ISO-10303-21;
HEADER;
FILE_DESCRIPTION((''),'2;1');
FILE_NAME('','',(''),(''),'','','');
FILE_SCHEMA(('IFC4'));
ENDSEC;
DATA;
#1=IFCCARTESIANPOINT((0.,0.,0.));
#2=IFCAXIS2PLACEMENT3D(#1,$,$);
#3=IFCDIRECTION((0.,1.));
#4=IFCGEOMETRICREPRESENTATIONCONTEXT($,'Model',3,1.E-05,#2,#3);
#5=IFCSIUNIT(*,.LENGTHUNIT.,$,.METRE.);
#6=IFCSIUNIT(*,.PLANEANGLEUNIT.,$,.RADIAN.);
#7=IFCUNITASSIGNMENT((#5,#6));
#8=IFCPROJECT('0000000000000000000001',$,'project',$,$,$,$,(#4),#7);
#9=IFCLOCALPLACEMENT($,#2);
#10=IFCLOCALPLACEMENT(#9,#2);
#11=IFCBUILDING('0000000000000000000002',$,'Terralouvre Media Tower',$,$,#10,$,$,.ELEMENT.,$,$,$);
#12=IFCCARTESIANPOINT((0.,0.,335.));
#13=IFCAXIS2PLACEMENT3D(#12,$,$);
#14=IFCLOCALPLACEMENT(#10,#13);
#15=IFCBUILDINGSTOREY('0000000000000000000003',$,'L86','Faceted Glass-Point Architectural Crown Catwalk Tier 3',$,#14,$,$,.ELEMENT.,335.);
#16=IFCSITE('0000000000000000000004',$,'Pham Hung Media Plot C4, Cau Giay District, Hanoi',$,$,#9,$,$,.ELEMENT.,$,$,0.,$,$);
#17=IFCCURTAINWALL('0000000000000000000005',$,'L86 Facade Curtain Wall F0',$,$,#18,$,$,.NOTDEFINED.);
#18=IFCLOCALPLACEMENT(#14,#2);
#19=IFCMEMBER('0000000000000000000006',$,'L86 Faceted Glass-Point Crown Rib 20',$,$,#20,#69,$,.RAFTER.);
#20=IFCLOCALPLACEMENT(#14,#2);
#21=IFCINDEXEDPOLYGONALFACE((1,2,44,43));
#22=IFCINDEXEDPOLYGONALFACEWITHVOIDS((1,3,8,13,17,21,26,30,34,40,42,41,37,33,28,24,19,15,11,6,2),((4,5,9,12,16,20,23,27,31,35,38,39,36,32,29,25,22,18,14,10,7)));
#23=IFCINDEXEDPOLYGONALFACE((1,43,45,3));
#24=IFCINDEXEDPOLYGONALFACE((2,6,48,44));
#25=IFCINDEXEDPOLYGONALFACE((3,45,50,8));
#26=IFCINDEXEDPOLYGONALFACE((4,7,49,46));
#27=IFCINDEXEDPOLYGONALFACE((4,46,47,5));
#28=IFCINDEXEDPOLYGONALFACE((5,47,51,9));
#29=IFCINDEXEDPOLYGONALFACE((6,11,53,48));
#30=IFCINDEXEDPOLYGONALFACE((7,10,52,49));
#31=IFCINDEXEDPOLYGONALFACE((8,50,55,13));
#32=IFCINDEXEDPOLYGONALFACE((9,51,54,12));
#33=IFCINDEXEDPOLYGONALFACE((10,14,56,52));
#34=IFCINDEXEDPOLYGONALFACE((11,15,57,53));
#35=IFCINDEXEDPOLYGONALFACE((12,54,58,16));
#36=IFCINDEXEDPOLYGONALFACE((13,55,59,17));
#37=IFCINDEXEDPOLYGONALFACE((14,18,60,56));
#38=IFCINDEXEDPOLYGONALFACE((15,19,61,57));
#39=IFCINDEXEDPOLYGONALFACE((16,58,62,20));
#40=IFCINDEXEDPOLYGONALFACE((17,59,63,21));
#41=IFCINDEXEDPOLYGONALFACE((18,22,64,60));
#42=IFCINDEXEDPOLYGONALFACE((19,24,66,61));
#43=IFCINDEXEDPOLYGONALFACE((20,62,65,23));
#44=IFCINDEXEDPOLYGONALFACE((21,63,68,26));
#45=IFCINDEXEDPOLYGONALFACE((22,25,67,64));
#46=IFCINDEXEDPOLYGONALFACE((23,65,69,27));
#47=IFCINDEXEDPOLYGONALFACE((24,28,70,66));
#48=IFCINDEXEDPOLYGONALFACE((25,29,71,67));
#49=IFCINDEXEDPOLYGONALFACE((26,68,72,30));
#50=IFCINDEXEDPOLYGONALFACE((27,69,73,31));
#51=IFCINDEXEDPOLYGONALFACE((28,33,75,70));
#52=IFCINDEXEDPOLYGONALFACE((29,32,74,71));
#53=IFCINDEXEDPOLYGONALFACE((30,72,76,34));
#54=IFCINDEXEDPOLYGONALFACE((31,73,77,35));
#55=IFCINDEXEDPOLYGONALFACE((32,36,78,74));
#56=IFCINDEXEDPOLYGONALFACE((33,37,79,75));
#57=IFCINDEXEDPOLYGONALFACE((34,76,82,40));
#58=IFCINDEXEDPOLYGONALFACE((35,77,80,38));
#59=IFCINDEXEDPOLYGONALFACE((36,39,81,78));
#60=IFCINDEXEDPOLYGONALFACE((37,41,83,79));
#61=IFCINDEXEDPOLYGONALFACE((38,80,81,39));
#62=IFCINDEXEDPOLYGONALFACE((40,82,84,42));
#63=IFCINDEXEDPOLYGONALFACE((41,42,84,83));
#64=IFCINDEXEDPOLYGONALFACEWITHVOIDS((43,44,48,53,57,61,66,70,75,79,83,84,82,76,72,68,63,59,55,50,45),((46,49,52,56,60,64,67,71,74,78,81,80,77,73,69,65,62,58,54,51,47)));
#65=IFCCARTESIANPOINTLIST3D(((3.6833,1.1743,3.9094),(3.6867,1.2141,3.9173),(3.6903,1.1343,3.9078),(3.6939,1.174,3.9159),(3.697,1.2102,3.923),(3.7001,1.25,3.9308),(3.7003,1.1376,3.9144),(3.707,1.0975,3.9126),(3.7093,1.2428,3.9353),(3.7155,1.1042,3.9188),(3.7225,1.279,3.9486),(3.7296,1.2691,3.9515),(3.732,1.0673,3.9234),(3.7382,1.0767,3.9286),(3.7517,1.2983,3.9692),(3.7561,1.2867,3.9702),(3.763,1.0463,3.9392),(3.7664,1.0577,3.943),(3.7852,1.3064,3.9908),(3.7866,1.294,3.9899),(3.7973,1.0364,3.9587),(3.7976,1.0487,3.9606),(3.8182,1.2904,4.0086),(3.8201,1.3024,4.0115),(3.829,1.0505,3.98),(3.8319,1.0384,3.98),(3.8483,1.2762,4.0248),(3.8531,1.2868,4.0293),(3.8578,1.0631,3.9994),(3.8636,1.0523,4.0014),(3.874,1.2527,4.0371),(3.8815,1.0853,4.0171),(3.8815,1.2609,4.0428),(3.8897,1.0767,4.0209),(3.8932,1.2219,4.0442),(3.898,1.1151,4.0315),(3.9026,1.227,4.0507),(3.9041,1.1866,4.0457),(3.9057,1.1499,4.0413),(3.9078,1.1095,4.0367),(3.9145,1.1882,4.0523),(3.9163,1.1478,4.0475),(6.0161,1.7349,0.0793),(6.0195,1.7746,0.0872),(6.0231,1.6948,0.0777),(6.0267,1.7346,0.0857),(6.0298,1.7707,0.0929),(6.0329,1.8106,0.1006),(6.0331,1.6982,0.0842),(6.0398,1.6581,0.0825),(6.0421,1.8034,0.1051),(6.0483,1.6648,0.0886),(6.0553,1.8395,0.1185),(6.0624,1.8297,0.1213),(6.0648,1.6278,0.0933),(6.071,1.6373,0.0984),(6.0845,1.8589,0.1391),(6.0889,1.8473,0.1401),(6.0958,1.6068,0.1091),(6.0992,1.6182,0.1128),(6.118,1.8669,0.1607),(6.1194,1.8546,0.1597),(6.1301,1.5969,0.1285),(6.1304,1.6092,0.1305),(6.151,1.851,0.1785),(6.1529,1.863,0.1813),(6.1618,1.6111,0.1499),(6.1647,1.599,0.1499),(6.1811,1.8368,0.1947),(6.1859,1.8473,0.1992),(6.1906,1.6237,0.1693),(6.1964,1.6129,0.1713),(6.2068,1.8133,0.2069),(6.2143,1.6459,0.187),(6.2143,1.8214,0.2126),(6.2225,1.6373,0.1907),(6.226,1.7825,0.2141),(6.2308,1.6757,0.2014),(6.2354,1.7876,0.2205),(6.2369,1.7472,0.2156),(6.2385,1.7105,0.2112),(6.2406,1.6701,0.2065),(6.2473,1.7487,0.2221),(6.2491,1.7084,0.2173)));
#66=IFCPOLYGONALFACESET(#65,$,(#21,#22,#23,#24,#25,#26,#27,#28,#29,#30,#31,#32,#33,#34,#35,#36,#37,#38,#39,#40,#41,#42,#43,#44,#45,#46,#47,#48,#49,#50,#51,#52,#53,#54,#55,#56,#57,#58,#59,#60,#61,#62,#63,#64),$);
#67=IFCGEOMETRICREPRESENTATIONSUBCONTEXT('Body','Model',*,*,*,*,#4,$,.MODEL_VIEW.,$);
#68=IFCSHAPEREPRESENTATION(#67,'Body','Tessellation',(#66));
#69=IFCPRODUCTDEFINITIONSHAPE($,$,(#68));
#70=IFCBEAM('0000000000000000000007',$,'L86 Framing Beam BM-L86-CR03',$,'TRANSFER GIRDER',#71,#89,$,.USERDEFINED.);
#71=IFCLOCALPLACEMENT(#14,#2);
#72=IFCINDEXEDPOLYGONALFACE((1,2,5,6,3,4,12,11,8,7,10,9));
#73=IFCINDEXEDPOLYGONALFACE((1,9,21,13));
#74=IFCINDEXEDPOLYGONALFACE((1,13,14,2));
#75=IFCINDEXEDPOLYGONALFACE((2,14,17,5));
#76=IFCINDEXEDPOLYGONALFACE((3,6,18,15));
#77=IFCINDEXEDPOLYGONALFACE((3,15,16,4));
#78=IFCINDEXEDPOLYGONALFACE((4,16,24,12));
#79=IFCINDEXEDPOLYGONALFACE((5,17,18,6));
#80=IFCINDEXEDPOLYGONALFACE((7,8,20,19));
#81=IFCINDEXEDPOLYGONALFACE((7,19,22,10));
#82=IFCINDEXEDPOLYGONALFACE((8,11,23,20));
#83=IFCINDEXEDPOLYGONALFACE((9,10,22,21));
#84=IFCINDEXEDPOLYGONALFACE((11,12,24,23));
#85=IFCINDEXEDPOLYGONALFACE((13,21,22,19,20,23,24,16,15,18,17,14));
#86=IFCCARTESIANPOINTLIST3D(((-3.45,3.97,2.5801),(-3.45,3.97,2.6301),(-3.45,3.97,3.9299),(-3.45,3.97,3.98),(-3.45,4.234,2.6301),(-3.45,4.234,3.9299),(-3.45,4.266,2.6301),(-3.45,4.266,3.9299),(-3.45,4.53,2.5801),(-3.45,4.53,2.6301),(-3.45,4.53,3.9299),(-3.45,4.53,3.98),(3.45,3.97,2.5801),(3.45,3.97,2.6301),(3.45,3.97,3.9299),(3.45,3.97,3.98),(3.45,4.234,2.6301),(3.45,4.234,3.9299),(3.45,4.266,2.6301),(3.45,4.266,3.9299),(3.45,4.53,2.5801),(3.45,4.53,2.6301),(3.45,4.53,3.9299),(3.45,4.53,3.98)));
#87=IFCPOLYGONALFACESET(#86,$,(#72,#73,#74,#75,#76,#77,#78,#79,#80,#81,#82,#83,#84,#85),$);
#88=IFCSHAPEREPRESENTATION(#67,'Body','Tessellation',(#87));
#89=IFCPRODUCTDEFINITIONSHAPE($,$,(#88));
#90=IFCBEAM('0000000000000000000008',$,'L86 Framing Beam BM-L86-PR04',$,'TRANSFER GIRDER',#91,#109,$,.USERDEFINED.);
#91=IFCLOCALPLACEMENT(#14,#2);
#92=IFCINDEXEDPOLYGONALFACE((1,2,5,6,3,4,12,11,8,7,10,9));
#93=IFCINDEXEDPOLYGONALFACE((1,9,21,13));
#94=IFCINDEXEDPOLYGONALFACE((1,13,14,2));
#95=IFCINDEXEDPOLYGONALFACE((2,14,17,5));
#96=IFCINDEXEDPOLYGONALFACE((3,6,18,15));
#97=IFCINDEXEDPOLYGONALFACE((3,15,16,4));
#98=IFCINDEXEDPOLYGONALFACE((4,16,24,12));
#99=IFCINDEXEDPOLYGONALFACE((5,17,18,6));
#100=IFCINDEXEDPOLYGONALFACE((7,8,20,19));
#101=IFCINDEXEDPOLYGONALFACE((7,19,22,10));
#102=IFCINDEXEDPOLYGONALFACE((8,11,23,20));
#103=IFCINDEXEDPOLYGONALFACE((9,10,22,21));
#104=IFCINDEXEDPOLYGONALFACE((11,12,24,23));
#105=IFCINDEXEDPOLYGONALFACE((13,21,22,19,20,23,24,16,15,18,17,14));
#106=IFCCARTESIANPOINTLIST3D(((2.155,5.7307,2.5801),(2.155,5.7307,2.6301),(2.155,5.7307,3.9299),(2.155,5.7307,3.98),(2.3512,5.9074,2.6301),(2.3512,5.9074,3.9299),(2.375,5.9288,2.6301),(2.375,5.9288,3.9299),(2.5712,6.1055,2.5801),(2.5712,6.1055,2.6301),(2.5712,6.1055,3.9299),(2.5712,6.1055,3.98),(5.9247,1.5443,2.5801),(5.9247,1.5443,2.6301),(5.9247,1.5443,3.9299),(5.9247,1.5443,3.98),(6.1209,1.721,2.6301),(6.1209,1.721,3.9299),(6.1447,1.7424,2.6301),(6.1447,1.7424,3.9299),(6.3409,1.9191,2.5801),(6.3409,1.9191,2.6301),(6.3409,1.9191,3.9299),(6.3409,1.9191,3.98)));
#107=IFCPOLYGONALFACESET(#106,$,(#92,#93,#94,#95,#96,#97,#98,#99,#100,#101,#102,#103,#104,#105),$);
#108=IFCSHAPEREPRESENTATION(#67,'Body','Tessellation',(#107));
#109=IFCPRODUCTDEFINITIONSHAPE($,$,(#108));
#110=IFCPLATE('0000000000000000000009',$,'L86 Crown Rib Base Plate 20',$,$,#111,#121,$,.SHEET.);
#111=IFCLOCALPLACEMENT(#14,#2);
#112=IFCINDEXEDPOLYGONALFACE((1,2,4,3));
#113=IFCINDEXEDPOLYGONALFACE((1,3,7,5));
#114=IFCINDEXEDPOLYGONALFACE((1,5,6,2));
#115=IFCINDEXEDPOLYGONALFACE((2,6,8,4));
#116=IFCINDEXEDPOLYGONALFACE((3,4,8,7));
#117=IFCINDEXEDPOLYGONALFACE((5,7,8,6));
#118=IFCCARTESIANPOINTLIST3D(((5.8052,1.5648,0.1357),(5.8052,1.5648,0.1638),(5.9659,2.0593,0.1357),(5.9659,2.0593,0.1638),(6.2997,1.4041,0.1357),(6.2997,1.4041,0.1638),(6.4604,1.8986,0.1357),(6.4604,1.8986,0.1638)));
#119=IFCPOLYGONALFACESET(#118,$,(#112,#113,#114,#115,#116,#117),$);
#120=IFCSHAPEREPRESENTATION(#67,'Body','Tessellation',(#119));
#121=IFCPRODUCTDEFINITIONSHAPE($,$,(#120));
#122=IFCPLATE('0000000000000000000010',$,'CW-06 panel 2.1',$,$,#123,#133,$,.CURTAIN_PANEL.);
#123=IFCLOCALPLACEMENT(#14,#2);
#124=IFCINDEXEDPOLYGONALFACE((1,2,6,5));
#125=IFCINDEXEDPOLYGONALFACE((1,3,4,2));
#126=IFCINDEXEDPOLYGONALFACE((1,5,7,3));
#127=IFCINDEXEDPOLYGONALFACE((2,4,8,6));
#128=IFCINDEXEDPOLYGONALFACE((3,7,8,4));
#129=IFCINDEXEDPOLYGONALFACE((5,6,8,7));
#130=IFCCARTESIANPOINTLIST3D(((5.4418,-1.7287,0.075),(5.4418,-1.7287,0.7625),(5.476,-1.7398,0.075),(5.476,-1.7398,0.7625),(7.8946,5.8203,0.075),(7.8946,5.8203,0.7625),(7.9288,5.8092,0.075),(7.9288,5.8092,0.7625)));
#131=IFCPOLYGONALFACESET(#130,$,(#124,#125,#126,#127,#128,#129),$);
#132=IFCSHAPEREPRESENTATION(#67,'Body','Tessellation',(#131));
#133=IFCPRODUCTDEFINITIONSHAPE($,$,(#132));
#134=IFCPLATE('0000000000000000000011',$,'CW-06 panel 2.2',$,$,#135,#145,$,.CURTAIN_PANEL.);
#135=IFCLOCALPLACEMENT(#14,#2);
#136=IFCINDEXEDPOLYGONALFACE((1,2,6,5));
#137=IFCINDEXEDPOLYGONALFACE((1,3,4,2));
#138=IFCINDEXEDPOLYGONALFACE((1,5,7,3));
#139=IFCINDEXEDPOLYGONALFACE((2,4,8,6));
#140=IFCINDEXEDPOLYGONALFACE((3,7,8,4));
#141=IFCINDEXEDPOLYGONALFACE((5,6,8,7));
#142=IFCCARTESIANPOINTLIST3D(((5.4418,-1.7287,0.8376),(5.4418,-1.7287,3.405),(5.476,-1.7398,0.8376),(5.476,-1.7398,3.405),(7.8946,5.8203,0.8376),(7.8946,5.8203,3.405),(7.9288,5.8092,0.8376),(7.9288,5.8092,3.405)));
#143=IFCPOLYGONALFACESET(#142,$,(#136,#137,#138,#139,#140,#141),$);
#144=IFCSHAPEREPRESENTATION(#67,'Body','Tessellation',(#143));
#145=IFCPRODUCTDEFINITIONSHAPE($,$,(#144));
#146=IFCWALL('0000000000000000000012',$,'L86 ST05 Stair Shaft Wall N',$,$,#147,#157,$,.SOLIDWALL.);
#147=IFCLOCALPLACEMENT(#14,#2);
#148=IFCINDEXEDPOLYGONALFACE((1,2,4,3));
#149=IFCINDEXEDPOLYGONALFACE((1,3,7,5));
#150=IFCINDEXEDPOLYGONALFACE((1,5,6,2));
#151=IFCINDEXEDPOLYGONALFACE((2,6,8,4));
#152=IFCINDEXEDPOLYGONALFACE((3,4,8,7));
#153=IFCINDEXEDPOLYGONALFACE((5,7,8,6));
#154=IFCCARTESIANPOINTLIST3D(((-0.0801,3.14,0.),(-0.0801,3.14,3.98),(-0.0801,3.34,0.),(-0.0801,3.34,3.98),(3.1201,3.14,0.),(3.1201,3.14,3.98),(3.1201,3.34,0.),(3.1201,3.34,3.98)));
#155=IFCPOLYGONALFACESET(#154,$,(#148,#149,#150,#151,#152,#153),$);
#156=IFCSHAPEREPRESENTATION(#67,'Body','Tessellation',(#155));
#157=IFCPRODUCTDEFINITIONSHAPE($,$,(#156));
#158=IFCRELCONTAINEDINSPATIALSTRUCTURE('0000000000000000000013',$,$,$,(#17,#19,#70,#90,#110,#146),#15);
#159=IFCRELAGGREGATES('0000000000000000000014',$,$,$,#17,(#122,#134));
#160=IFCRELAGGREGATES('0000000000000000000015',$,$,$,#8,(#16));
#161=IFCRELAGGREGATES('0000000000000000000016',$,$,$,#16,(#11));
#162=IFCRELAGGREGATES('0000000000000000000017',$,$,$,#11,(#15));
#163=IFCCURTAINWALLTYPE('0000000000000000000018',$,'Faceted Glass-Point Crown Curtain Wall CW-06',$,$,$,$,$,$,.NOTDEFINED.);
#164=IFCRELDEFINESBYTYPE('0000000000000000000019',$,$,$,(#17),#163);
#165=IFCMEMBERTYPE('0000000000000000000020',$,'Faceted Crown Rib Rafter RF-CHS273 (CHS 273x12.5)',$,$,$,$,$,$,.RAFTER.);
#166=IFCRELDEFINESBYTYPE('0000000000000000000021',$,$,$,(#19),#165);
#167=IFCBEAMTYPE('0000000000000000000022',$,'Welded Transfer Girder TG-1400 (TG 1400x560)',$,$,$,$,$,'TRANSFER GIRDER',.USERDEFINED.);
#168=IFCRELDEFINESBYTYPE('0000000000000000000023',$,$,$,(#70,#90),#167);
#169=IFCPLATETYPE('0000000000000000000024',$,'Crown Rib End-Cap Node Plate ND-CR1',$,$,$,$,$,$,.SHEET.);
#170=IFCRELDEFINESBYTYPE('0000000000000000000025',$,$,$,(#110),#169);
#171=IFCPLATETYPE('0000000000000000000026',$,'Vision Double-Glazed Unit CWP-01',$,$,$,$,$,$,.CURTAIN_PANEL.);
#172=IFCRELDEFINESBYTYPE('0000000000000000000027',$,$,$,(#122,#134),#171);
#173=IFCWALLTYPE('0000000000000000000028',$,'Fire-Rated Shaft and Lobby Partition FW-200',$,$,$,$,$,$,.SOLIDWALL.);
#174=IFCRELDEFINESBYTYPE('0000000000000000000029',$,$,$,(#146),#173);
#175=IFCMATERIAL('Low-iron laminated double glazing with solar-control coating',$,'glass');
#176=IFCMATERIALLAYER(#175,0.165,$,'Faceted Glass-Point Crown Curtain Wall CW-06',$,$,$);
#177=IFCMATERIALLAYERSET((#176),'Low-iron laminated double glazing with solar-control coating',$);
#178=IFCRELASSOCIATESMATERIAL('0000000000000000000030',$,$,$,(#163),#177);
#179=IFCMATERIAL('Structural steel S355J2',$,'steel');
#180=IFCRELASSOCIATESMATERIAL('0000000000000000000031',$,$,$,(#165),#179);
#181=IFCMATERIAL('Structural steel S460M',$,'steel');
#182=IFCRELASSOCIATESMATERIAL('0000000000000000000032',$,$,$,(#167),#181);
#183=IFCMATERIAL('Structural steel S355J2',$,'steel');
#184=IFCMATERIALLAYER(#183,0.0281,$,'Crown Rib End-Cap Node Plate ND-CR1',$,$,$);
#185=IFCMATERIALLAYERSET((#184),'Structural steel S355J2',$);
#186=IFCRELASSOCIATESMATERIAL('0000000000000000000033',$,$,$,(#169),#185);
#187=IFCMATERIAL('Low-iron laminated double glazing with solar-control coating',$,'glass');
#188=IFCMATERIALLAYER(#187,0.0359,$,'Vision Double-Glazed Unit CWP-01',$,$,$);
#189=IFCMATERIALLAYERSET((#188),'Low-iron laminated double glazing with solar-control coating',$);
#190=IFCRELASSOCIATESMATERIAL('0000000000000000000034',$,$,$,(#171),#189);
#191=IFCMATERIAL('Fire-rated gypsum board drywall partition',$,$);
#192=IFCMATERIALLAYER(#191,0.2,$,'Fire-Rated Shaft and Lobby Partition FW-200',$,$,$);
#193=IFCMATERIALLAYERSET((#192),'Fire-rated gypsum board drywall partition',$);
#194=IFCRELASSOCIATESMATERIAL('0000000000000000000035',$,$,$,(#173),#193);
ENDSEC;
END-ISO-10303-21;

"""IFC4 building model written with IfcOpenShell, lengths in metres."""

from ifc_helpers import new_model, si_unit, direction, frame, frame_2d, origin, origin_2d, place, context, subcontext, project, spatial, rectangle, hollow_circle, i_section, extrude, material, layer, layer_set, material_profile, profile_set, type_object, element, aggregate, save


model = new_model("IFC4")

# Units and contexts
model_context = context("Model", 3, precision=1e-05, world=origin(), true_north=direction((0.0, 1.0)))
body_context = subcontext(model_context, "Body", "Model", "MODEL_VIEW")
ifc_project = project(units=[si_unit("LENGTHUNIT", "METRE"), si_unit("PLANEANGLEUNIT", "RADIAN")], contexts=[model_context])

# Site, building, storey
site_placement = place(None, origin())
site = spatial("IfcSite", under=ifc_project, at=site_placement, Name="Pham Hung Media Plot C4, Cau Giay District, Hanoi", CompositionType="ELEMENT", RefElevation=0.0)
building_placement = place(site_placement, origin())
building = spatial("IfcBuilding", under=site, at=building_placement, Name="Terralouvre Media Tower", CompositionType="ELEMENT")
storey_placement = place(building_placement, frame((0.0, 0.0, 335.0)))
storey = spatial("IfcBuildingStorey", under=building, at=storey_placement, Name="L86", Description="Faceted Glass-Point Architectural Crown Catwalk Tier 3", CompositionType="ELEMENT", Elevation=335.0)

# Shared definitions
ifc_material_1 = material(Name="Low-iron laminated double glazing with solar-control coating", Category="glass")
ifc_layer_1 = layer(ifc_material_1, 0.165, Name="Faceted Glass-Point Crown Curtain Wall CW-06")
ifc_layer_set_1 = layer_set([ifc_layer_1], Name="Low-iron laminated double glazing with solar-control coating")
curtain_wall_type = type_object("IfcCurtainWallType", Name="Faceted Glass-Point Crown Curtain Wall CW-06", PredefinedType="NOTDEFINED", material=ifc_layer_set_1)

# Curtain wall
curtain_wall_1_placement = place(storey_placement, origin())
curtain_wall_1 = element("IfcCurtainWall", 1, at=curtain_wall_1_placement, inside=storey, type_object=curtain_wall_type, Name="L86 Facade Curtain Wall F0", PredefinedType="NOTDEFINED")

# Member
ifc_material_2 = material(Name="Structural steel S355J2", Category="steel")
ifc_material_profile_1 = material_profile(ifc_material_2, hollow_circle(Radius=0.1365, WallThickness=0.0125, at=origin_2d()), Name="CHS 273x12.5")
ifc_profile_set_1 = profile_set([ifc_material_profile_1], Name="Structural steel S355J2")
member_type_1 = type_object("IfcMemberType", Name="Faceted Crown Rib Rafter RF-CHS273 (CHS 273x12.5)", PredefinedType="RAFTER", material=ifc_profile_set_1)
member_1_placement = place(storey_placement, frame((6.1328, 1.7317, 0.1499), z_axis=(-0.51616, -0.12403, 0.847464), x_axis=(0.233642, -0.972323, 0.0)))
element("IfcMember", 2, at=member_1_placement, inside=storey, type_object=member_type_1, Name="L86 Faceted Glass-Point Crown Rib 20", PredefinedType="RAFTER", context=body_context, shape_type="SweptSolid", body=[
    extrude(hollow_circle(Radius=0.1365, WallThickness=0.0125, at=origin_2d()), origin(), (0.0, 0.0, 1.0), 4.5195),
])

# Beams
ifc_material_3 = material(Name="Structural steel S460M", Category="steel")
ifc_material_profile_2 = material_profile(ifc_material_3, i_section(OverallWidth=0.5601, OverallDepth=1.3999, WebThickness=0.032, FlangeThickness=0.05, at=origin_2d()), Name="TG 1400x560")
ifc_profile_set_2 = profile_set([ifc_material_profile_2], Name="Structural steel S460M")
beam_type = type_object("IfcBeamType", Name="Welded Transfer Girder TG-1400 (TG 1400x560)", ElementType="TRANSFER GIRDER", PredefinedType="USERDEFINED", material=ifc_profile_set_2)
beam_1_placement = place(storey_placement, frame((3.45, 4.25, 3.28), z_axis=(-1.0, 0.0, 0.0), x_axis=(0.0, -1.0, 0.0)))
element("IfcBeam", 3, at=beam_1_placement, inside=storey, type_object=beam_type, Name="L86 Framing Beam BM-L86-CR03", ObjectType="TRANSFER GIRDER", PredefinedType="USERDEFINED", context=body_context, shape_type="SweptSolid", body=[
    extrude(i_section(OverallWidth=0.5601, OverallDepth=1.3999, WebThickness=0.032, FlangeThickness=0.05, at=origin_2d()), origin(), (0.0, 0.0, 1.0), 6.8999),
])
beam_2_placement = place(storey_placement, frame((6.1328, 1.7317, 3.28), z_axis=(-0.669151, 0.743126, 0.0), x_axis=(-0.743126, -0.669151, 0.0)))
element("IfcBeam", 4, at=beam_2_placement, inside=storey, type_object=beam_type, Name="L86 Framing Beam BM-L86-PR04", ObjectType="TRANSFER GIRDER", PredefinedType="USERDEFINED", context=body_context, shape_type="SweptSolid", body=[
    extrude(i_section(OverallWidth=0.5601, OverallDepth=1.3999, WebThickness=0.032, FlangeThickness=0.05, at=origin_2d()), origin(), (0.0, 0.0, 1.0), 5.6335),
])

# Plates
ifc_material_4 = material(Name="Structural steel S355J2", Category="steel")
ifc_layer_2 = layer(ifc_material_4, 0.0281, Name="Crown Rib End-Cap Node Plate ND-CR1")
ifc_layer_set_2 = layer_set([ifc_layer_2], Name="Structural steel S355J2")
plate_type_1 = type_object("IfcPlateType", Name="Crown Rib End-Cap Node Plate ND-CR1", PredefinedType="SHEET", material=ifc_layer_set_2)
plate_1_placement = place(storey_placement, frame((6.1328, 1.7317, 0.1357), z_axis=(0.0, 0.0, 1.0), x_axis=(0.309017, 0.951057, 0.0)))
element("IfcPlate", 5, at=plate_1_placement, inside=storey, type_object=plate_type_1, Name="L86 Crown Rib Base Plate 20", PredefinedType="SHEET", context=body_context, shape_type="SweptSolid", body=[
    extrude(rectangle(XDim=0.52, YDim=0.52, at=origin_2d()), origin(), (0.0, 0.0, 1.0), 0.0281),
])
ifc_material_5 = material(Name="Low-iron laminated double glazing with solar-control coating", Category="glass")
ifc_layer_3 = layer(ifc_material_5, 0.0359, Name="Vision Double-Glazed Unit CWP-01")
ifc_layer_set_3 = layer_set([ifc_layer_3], Name="Low-iron laminated double glazing with solar-control coating")
plate_type_2 = type_object("IfcPlateType", Name="Vision Double-Glazed Unit CWP-01", PredefinedType="CURTAIN_PANEL", material=ifc_layer_set_3)
plate_2_placement = place(storey_placement, frame((6.6853, 2.0403, 0.075), z_axis=(0.0, 0.0, 1.0), x_axis=(0.309017, 0.951057, 0.0)))
plate_2 = element("IfcPlate", 6, at=plate_2_placement, type_object=plate_type_2, Name="CW-06 panel 2.1", PredefinedType="CURTAIN_PANEL", context=body_context, shape_type="SweptSolid", body=[
    extrude(rectangle(XDim=7.9375, YDim=0.0359, at=origin_2d()), origin(), (0.0, 0.0, 1.0), 0.6875),
])
plate_3_placement = place(storey_placement, frame((6.6853, 2.0403, 0.8376), z_axis=(0.0, 0.0, 1.0), x_axis=(0.309017, 0.951057, 0.0)))
plate_3 = element("IfcPlate", 7, at=plate_3_placement, type_object=plate_type_2, Name="CW-06 panel 2.2", PredefinedType="CURTAIN_PANEL", context=body_context, shape_type="SweptSolid", body=[
    extrude(rectangle(XDim=7.9375, YDim=0.0359, at=origin_2d()), origin(), (0.0, 0.0, 1.0), 2.5674),
])
aggregate(curtain_wall_1, [plate_2, plate_3])

# Wall
ifc_material_6 = material(Name="Fire-rated gypsum board drywall partition")
ifc_layer_4 = layer(ifc_material_6, 0.2, Name="Fire-Rated Shaft and Lobby Partition FW-200")
ifc_layer_set_4 = layer_set([ifc_layer_4], Name="Fire-rated gypsum board drywall partition")
wall_type = type_object("IfcWallType", Name="Fire-Rated Shaft and Lobby Partition FW-200", PredefinedType="SOLIDWALL", material=ifc_layer_set_4)
wall_placement = place(storey_placement, frame((3.1201, 3.24, 0.0), z_axis=(0.0, 0.0, 1.0), x_axis=(-1.0, 0.0, 0.0)))
element("IfcWall", 8, at=wall_placement, inside=storey, type_object=wall_type, Name="L86 ST05 Stair Shaft Wall N", PredefinedType="SOLIDWALL", context=body_context, shape_type="SweptSolid", body=[
    extrude(rectangle(XDim=3.2002, YDim=0.2, at=frame_2d((1.6001, 0.0))), origin(), (0.0, 0.0, 1.0), 3.98),
])

save(model, "model.ifc")
